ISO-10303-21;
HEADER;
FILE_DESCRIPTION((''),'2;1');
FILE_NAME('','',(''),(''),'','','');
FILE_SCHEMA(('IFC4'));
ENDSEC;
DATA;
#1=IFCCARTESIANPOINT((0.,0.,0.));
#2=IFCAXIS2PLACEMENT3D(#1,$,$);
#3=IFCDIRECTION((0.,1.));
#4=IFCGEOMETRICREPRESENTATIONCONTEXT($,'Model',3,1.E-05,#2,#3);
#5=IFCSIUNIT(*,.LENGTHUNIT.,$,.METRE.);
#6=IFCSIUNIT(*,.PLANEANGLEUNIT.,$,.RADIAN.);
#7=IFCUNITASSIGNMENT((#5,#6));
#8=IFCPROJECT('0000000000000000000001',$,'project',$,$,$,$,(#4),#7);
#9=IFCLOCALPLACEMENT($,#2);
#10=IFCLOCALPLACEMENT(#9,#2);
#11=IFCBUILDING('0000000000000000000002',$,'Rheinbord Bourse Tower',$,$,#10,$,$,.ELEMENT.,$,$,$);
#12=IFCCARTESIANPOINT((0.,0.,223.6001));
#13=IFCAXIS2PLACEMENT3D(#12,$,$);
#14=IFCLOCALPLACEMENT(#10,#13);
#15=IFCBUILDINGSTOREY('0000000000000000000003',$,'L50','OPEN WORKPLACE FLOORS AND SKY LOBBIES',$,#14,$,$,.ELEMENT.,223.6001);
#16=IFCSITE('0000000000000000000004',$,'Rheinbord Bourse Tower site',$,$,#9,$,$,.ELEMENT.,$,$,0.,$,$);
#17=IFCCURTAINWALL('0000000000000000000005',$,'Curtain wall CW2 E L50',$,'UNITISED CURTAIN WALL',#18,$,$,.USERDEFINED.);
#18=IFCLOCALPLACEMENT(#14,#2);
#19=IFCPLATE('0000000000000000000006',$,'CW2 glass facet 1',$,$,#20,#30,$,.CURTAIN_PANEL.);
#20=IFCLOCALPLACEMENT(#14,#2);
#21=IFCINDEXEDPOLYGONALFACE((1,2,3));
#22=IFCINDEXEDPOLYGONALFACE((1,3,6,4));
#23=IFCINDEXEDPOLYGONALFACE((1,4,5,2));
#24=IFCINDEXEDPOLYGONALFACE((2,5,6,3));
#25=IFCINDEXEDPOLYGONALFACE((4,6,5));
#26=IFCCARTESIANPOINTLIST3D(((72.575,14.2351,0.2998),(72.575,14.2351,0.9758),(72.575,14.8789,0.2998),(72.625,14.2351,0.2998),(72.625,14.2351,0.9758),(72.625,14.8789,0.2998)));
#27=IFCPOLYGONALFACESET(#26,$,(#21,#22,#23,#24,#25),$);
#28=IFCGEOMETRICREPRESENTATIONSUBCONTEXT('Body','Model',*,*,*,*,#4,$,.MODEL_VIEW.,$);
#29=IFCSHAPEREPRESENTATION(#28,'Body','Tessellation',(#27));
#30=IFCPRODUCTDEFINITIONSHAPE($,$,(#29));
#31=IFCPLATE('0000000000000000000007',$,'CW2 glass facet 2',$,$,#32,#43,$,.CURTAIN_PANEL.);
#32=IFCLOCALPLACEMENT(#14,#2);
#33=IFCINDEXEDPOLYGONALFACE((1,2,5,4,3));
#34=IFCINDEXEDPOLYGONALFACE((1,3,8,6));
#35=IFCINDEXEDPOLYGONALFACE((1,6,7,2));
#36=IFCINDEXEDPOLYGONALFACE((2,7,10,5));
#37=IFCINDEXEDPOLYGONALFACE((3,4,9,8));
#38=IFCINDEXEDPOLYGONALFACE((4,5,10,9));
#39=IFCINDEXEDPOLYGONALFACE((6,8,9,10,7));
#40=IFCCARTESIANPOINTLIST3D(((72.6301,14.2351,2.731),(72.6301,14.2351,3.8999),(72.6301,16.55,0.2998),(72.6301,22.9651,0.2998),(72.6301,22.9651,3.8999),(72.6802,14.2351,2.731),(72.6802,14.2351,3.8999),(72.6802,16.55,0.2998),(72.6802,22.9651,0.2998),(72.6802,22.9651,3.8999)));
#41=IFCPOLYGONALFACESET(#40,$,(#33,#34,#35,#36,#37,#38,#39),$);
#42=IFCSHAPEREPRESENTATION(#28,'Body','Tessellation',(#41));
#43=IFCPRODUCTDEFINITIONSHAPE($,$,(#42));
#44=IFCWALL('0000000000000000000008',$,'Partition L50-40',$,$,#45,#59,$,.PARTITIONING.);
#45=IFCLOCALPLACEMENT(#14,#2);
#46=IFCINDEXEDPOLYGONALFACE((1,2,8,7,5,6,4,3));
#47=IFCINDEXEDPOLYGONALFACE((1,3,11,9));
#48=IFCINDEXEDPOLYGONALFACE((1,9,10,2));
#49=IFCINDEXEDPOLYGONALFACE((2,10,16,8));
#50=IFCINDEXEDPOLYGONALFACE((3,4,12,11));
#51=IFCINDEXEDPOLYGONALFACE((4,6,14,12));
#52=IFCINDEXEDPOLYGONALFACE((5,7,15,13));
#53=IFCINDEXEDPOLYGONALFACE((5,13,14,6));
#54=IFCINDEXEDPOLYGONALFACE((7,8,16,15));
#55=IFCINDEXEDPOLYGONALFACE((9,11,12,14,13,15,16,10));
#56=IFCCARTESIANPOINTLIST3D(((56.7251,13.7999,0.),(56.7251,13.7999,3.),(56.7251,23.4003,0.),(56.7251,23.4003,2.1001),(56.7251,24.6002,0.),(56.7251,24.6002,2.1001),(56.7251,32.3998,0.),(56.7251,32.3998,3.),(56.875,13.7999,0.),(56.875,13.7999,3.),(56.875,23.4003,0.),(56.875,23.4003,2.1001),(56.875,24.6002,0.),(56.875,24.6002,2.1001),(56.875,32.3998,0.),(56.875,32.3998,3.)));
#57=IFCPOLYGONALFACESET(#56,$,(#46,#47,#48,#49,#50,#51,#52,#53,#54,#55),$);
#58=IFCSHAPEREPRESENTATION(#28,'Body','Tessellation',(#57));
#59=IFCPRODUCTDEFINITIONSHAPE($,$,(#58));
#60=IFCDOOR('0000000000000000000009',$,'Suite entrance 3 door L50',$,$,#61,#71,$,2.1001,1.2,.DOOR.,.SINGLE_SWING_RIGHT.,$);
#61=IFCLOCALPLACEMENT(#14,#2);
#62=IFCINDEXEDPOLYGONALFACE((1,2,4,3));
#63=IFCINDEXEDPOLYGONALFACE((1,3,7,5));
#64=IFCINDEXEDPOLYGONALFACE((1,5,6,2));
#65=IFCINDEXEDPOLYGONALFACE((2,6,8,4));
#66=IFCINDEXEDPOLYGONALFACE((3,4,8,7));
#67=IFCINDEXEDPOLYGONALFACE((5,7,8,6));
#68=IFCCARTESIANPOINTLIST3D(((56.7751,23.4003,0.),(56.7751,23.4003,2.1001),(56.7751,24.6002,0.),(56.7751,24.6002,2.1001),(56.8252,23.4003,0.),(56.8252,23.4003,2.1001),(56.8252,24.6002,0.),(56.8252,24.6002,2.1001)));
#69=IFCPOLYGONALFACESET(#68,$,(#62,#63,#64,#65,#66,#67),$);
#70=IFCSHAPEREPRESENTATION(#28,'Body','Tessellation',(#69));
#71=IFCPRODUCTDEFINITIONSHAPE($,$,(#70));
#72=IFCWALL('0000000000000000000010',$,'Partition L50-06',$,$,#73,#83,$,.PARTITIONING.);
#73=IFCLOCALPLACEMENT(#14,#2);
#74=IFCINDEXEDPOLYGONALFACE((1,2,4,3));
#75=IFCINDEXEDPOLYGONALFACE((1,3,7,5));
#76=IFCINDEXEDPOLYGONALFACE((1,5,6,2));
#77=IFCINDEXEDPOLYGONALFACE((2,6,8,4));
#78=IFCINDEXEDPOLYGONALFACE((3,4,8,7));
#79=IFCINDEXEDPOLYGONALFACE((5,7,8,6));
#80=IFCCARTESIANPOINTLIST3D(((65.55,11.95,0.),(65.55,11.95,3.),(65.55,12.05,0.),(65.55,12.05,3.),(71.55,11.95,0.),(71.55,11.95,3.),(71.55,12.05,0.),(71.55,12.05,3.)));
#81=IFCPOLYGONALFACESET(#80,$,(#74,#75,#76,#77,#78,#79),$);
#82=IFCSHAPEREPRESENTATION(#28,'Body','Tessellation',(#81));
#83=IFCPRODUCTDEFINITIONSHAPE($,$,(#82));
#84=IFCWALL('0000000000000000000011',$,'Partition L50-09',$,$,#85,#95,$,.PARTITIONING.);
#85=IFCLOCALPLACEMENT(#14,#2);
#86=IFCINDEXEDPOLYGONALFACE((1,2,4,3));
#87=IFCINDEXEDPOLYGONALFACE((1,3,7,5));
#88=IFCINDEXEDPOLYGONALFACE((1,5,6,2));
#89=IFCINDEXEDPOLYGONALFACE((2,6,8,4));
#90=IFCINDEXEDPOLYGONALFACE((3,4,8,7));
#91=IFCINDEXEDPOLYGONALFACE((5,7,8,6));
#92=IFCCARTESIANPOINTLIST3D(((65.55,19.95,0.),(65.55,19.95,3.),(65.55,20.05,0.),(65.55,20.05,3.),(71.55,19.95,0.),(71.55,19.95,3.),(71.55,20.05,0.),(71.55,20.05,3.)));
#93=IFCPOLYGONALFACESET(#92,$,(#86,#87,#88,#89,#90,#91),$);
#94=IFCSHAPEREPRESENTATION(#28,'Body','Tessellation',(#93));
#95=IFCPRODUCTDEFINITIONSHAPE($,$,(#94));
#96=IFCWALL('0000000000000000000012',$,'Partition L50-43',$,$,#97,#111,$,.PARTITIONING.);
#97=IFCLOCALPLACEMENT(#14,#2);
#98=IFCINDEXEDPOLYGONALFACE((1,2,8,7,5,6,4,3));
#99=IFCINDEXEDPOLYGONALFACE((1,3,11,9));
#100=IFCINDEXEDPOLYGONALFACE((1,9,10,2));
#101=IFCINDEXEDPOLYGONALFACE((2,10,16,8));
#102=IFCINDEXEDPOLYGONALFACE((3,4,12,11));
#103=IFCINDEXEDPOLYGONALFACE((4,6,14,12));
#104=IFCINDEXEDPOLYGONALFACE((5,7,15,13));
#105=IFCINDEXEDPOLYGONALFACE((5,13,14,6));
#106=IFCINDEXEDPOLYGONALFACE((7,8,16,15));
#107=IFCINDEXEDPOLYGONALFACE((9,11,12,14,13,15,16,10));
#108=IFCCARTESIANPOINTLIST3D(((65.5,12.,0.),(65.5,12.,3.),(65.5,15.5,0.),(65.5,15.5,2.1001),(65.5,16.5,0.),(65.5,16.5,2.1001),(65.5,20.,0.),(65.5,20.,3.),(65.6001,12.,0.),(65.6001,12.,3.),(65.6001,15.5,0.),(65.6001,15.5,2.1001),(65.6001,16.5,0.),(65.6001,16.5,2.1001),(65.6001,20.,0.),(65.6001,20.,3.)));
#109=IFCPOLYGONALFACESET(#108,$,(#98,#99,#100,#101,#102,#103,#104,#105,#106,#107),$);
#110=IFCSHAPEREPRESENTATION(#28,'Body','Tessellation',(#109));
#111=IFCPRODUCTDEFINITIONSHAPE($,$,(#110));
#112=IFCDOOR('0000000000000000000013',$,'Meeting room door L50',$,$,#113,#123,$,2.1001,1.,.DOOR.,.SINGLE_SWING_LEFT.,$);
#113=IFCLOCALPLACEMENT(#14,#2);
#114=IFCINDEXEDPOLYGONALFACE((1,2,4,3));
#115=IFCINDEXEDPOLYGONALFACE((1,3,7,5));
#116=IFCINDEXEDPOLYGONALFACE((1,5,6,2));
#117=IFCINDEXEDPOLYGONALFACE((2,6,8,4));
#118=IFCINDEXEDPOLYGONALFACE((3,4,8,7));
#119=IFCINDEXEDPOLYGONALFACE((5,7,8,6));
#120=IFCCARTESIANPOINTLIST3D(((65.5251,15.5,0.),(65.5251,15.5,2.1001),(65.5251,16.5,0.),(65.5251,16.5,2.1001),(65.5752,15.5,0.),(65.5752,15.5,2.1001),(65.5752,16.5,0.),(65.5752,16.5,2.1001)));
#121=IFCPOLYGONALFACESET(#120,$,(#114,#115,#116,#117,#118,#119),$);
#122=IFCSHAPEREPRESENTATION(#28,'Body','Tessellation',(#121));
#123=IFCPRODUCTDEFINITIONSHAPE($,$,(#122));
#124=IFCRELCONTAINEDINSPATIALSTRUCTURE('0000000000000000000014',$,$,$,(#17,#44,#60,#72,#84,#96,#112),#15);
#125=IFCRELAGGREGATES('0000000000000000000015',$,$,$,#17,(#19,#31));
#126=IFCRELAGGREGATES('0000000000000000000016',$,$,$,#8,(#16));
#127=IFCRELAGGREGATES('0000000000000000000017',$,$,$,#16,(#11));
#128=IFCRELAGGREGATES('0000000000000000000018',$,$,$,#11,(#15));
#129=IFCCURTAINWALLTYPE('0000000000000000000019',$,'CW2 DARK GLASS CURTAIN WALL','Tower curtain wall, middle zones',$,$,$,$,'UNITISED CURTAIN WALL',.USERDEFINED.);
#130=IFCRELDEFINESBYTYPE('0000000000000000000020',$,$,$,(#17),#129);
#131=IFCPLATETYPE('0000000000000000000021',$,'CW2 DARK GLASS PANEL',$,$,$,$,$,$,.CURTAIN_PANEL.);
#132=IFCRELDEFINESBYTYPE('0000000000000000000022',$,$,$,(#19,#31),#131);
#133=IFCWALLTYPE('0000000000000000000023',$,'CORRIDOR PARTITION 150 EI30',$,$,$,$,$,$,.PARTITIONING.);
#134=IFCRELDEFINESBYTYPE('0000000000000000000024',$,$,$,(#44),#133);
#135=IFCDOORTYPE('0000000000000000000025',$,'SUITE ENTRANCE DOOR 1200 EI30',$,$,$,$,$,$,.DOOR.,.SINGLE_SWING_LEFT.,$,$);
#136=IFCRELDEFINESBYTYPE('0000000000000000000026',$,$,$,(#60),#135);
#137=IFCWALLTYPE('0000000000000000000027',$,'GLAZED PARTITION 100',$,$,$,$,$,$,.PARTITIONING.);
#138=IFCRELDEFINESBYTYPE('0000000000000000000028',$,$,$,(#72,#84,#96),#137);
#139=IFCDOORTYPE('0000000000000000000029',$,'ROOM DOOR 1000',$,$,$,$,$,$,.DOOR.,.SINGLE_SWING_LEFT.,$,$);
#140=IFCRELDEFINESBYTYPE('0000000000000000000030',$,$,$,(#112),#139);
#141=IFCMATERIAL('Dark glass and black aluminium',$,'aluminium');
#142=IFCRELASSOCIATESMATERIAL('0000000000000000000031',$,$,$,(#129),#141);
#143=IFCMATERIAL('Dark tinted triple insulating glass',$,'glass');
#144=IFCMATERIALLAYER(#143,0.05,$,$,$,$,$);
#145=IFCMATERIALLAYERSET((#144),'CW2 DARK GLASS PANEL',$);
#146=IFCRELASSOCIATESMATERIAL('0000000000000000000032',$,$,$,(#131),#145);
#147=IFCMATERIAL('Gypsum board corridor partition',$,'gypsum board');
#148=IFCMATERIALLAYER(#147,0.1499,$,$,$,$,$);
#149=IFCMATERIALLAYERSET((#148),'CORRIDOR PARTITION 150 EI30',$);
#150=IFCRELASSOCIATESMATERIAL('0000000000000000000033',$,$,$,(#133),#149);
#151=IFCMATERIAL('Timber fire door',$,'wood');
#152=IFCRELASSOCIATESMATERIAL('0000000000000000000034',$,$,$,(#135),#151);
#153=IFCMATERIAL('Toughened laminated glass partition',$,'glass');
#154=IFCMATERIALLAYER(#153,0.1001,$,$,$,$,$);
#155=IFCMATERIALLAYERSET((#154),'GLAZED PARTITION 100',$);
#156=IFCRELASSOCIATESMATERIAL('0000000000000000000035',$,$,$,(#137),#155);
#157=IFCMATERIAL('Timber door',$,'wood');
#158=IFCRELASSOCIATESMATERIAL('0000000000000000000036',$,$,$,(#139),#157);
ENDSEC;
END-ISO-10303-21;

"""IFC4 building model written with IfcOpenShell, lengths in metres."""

from ifc_helpers import new_model, si_unit, direction, frame, frame_2d, origin, place, context, subcontext, project, spatial, polyline, rectangle, outline, extrude, material, layer, layer_set, type_object, element, fill, aggregate, save


model = new_model("IFC4")

# Units and contexts
model_context = context("Model", 3, precision=1e-05, world=origin(), true_north=direction((0.0, 1.0)))
body_context = subcontext(model_context, "Body", "Model", "MODEL_VIEW")
ifc_project = project(units=[si_unit("LENGTHUNIT", "METRE"), si_unit("PLANEANGLEUNIT", "RADIAN")], contexts=[model_context])

# Site, building, storey
site_placement = place(None, origin())
site = spatial("IfcSite", under=ifc_project, at=site_placement, Name="Rheinbord Bourse Tower site", CompositionType="ELEMENT", RefElevation=0.0)
building_placement = place(site_placement, origin())
building = spatial("IfcBuilding", under=site, at=building_placement, Name="Rheinbord Bourse Tower", CompositionType="ELEMENT")
storey_placement = place(building_placement, frame((0.0, 0.0, 223.6001)))
storey = spatial("IfcBuildingStorey", under=building, at=storey_placement, Name="L50", Description="OPEN WORKPLACE FLOORS AND SKY LOBBIES", CompositionType="ELEMENT", Elevation=223.6001)

# Curtain wall
ifc_material_1 = material(Name="Dark glass and black aluminium", Category="aluminium")
curtain_wall_type = type_object("IfcCurtainWallType", Name="CW2 DARK GLASS CURTAIN WALL", Description="Tower curtain wall, middle zones", ElementType="UNITISED CURTAIN WALL", PredefinedType="USERDEFINED", material=ifc_material_1)
curtain_wall_placement = place(storey_placement, origin())
curtain_wall = element("IfcCurtainWall", 1, at=curtain_wall_placement, inside=storey, type_object=curtain_wall_type, Name="Curtain wall CW2 E L50", ObjectType="UNITISED CURTAIN WALL", PredefinedType="USERDEFINED")

# Plates
ifc_material_2 = material(Name="Dark tinted triple insulating glass", Category="glass")
ifc_layer_1 = layer(ifc_material_2, 0.05)
ifc_layer_set_1 = layer_set([ifc_layer_1], Name="CW2 DARK GLASS PANEL")
plate_type = type_object("IfcPlateType", Name="CW2 DARK GLASS PANEL", PredefinedType="CURTAIN_PANEL", material=ifc_layer_set_1)
plate_1_placement = place(storey_placement, frame((72.625, 14.2351, 0.2998), z_axis=(-1.0, 0.0, 0.0), x_axis=(0.0, 0.0, 1.0)))
plate_1 = element("IfcPlate", 2, at=plate_1_placement, type_object=plate_type, Name="CW2 glass facet 1", PredefinedType="CURTAIN_PANEL", context=body_context, shape_type="SweptSolid", body=[
    extrude(outline(polyline([(0.0, 0.0), (0.676, 0.0), (0.0, 0.6438), (0.0, 0.0)])), origin(), (0.0, 0.0, 1.0), 0.05),
])
plate_2_placement = place(storey_placement, frame((72.6802, 14.2351, 3.8999), z_axis=(-1.0, 0.0, 0.0), x_axis=(0.0, 1.0, 0.0)))
plate_2 = element("IfcPlate", 3, at=plate_2_placement, type_object=plate_type, Name="CW2 glass facet 2", PredefinedType="CURTAIN_PANEL", context=body_context, shape_type="SweptSolid", body=[
    extrude(outline(polyline([(0.0, 0.0), (8.73, 0.0), (8.73, 3.6001), (2.3149, 3.6001), (0.0, 1.1689), (0.0, 0.0)])), origin(), (0.0, 0.0, 1.0), 0.05),
])
aggregate(curtain_wall, [plate_1, plate_2])

# Wall, opening, door
ifc_material_3 = material(Name="Gypsum board corridor partition", Category="gypsum board")
ifc_layer_2 = layer(ifc_material_3, 0.1499)
ifc_layer_set_2 = layer_set([ifc_layer_2], Name="CORRIDOR PARTITION 150 EI30")
wall_type_1 = type_object("IfcWallType", Name="CORRIDOR PARTITION 150 EI30", PredefinedType="PARTITIONING", material=ifc_layer_set_2)
wall_1_placement = place(storey_placement, frame((56.8, 13.8, 0.0), z_axis=(0.0, 0.0, 1.0), x_axis=(0.0, 1.0, 0.0)))
wall_1 = element("IfcWall", 4, at=wall_1_placement, inside=storey, type_object=wall_type_1, Name="Partition L50-40", PredefinedType="PARTITIONING", context=body_context, shape_type="SweptSolid", body=[
    extrude(rectangle(XDim=18.5999, YDim=0.1499, at=frame_2d((9.2998, 0.0))), origin(), (0.0, 0.0, 1.0), 3.0),
])
opening_1_placement = place(wall_1_placement, frame((9.6001, 0.0, 0.0)))
opening_1 = element("IfcOpeningElement", 5, at=opening_1_placement, cuts=wall_1, PredefinedType="OPENING", context=body_context, shape_type="SweptSolid", body=[
    extrude(rectangle(XDim=1.2, YDim=2.1001, at=frame_2d((0.6001, 1.05))), frame((0.0, 0.085, 0.0), z_axis=(0.0, -1.0, 0.0), x_axis=(1.0, 0.0, 0.0)), (0.0, 0.0, 1.0), 0.1699),
])
ifc_material_4 = material(Name="Timber fire door", Category="wood")
door_type_1 = type_object("IfcDoorType", Name="SUITE ENTRANCE DOOR 1200 EI30", OperationType="SINGLE_SWING_LEFT", PredefinedType="DOOR", material=ifc_material_4)
door_1_placement = place(opening_1_placement, origin())
door_1 = element("IfcDoor", 6, at=door_1_placement, inside=storey, type_object=door_type_1, Name="Suite entrance 3 door L50", OperationType="SINGLE_SWING_RIGHT", OverallHeight=2.1001, OverallWidth=1.2, PredefinedType="DOOR", context=body_context, shape_type="SweptSolid", body=[
    extrude(rectangle(XDim=1.2, YDim=2.1001, at=frame_2d((0.6001, 1.05))), frame((0.0, 0.0249, 0.0), z_axis=(0.0, -1.0, 0.0), x_axis=(1.0, 0.0, 0.0)), (0.0, 0.0, 1.0), 0.05),
])
fill(opening_1, door_1)

# Walls
ifc_material_5 = material(Name="Toughened laminated glass partition", Category="glass")
ifc_layer_3 = layer(ifc_material_5, 0.1001)
ifc_layer_set_3 = layer_set([ifc_layer_3], Name="GLAZED PARTITION 100")
wall_type_2 = type_object("IfcWallType", Name="GLAZED PARTITION 100", PredefinedType="PARTITIONING", material=ifc_layer_set_3)
for number, where, z_axis, x_axis, name in (
    (7, (65.55, 12.0, 0.0), (0.0, 0.0, 1.0), (1.0, 0.0, 0.0), "Partition L50-06"),
    (8, (65.55, 20.0, 0.0), (0.0, 0.0, 1.0), (1.0, 0.0, 0.0), "Partition L50-09"),
):
    element("IfcWall", number, at=place(storey_placement, frame(where, z_axis=z_axis, x_axis=x_axis)), inside=storey, type_object=wall_type_2, Name=name, PredefinedType="PARTITIONING", context=body_context, shape_type="SweptSolid", body=[
        extrude(rectangle(XDim=6.0, YDim=0.1001, at=frame_2d((3.0, 0.0))), origin(), (0.0, 0.0, 1.0), 3.0),
    ])

# Wall, opening, door
wall_2_placement = place(storey_placement, frame((65.55, 12.0, 0.0), z_axis=(0.0, 0.0, 1.0), x_axis=(0.0, 1.0, 0.0)))
wall_2 = element("IfcWall", 9, at=wall_2_placement, inside=storey, type_object=wall_type_2, Name="Partition L50-43", PredefinedType="PARTITIONING", context=body_context, shape_type="SweptSolid", body=[
    extrude(rectangle(XDim=8.0, YDim=0.1001, at=frame_2d((4.0, 0.0))), origin(), (0.0, 0.0, 1.0), 3.0),
])
opening_2_placement = place(wall_2_placement, frame((3.5, 0.0, 0.0)))
opening_2 = element("IfcOpeningElement", 10, at=opening_2_placement, cuts=wall_2, PredefinedType="OPENING", context=body_context, shape_type="SweptSolid", body=[
    extrude(rectangle(XDim=1.0, YDim=2.1001, at=frame_2d((0.5, 1.05))), frame((0.0, 0.0601, 0.0), z_axis=(0.0, -1.0, 0.0), x_axis=(1.0, 0.0, 0.0)), (0.0, 0.0, 1.0), 0.1201),
])
ifc_material_6 = material(Name="Timber door", Category="wood")
door_type_2 = type_object("IfcDoorType", Name="ROOM DOOR 1000", OperationType="SINGLE_SWING_LEFT", PredefinedType="DOOR", material=ifc_material_6)
door_2_placement = place(opening_2_placement, origin())
door_2 = element("IfcDoor", 11, at=door_2_placement, inside=storey, type_object=door_type_2, Name="Meeting room door L50", OperationType="SINGLE_SWING_LEFT", OverallHeight=2.1001, OverallWidth=1.0, PredefinedType="DOOR", context=body_context, shape_type="SweptSolid", body=[
    extrude(rectangle(XDim=1.0, YDim=2.1001, at=frame_2d((0.5, 1.05))), frame((0.0, 0.0249, 0.0), z_axis=(0.0, -1.0, 0.0), x_axis=(1.0, 0.0, 0.0)), (0.0, 0.0, 1.0), 0.05),
])
fill(opening_2, door_2)

save(model, "model.ifc")
